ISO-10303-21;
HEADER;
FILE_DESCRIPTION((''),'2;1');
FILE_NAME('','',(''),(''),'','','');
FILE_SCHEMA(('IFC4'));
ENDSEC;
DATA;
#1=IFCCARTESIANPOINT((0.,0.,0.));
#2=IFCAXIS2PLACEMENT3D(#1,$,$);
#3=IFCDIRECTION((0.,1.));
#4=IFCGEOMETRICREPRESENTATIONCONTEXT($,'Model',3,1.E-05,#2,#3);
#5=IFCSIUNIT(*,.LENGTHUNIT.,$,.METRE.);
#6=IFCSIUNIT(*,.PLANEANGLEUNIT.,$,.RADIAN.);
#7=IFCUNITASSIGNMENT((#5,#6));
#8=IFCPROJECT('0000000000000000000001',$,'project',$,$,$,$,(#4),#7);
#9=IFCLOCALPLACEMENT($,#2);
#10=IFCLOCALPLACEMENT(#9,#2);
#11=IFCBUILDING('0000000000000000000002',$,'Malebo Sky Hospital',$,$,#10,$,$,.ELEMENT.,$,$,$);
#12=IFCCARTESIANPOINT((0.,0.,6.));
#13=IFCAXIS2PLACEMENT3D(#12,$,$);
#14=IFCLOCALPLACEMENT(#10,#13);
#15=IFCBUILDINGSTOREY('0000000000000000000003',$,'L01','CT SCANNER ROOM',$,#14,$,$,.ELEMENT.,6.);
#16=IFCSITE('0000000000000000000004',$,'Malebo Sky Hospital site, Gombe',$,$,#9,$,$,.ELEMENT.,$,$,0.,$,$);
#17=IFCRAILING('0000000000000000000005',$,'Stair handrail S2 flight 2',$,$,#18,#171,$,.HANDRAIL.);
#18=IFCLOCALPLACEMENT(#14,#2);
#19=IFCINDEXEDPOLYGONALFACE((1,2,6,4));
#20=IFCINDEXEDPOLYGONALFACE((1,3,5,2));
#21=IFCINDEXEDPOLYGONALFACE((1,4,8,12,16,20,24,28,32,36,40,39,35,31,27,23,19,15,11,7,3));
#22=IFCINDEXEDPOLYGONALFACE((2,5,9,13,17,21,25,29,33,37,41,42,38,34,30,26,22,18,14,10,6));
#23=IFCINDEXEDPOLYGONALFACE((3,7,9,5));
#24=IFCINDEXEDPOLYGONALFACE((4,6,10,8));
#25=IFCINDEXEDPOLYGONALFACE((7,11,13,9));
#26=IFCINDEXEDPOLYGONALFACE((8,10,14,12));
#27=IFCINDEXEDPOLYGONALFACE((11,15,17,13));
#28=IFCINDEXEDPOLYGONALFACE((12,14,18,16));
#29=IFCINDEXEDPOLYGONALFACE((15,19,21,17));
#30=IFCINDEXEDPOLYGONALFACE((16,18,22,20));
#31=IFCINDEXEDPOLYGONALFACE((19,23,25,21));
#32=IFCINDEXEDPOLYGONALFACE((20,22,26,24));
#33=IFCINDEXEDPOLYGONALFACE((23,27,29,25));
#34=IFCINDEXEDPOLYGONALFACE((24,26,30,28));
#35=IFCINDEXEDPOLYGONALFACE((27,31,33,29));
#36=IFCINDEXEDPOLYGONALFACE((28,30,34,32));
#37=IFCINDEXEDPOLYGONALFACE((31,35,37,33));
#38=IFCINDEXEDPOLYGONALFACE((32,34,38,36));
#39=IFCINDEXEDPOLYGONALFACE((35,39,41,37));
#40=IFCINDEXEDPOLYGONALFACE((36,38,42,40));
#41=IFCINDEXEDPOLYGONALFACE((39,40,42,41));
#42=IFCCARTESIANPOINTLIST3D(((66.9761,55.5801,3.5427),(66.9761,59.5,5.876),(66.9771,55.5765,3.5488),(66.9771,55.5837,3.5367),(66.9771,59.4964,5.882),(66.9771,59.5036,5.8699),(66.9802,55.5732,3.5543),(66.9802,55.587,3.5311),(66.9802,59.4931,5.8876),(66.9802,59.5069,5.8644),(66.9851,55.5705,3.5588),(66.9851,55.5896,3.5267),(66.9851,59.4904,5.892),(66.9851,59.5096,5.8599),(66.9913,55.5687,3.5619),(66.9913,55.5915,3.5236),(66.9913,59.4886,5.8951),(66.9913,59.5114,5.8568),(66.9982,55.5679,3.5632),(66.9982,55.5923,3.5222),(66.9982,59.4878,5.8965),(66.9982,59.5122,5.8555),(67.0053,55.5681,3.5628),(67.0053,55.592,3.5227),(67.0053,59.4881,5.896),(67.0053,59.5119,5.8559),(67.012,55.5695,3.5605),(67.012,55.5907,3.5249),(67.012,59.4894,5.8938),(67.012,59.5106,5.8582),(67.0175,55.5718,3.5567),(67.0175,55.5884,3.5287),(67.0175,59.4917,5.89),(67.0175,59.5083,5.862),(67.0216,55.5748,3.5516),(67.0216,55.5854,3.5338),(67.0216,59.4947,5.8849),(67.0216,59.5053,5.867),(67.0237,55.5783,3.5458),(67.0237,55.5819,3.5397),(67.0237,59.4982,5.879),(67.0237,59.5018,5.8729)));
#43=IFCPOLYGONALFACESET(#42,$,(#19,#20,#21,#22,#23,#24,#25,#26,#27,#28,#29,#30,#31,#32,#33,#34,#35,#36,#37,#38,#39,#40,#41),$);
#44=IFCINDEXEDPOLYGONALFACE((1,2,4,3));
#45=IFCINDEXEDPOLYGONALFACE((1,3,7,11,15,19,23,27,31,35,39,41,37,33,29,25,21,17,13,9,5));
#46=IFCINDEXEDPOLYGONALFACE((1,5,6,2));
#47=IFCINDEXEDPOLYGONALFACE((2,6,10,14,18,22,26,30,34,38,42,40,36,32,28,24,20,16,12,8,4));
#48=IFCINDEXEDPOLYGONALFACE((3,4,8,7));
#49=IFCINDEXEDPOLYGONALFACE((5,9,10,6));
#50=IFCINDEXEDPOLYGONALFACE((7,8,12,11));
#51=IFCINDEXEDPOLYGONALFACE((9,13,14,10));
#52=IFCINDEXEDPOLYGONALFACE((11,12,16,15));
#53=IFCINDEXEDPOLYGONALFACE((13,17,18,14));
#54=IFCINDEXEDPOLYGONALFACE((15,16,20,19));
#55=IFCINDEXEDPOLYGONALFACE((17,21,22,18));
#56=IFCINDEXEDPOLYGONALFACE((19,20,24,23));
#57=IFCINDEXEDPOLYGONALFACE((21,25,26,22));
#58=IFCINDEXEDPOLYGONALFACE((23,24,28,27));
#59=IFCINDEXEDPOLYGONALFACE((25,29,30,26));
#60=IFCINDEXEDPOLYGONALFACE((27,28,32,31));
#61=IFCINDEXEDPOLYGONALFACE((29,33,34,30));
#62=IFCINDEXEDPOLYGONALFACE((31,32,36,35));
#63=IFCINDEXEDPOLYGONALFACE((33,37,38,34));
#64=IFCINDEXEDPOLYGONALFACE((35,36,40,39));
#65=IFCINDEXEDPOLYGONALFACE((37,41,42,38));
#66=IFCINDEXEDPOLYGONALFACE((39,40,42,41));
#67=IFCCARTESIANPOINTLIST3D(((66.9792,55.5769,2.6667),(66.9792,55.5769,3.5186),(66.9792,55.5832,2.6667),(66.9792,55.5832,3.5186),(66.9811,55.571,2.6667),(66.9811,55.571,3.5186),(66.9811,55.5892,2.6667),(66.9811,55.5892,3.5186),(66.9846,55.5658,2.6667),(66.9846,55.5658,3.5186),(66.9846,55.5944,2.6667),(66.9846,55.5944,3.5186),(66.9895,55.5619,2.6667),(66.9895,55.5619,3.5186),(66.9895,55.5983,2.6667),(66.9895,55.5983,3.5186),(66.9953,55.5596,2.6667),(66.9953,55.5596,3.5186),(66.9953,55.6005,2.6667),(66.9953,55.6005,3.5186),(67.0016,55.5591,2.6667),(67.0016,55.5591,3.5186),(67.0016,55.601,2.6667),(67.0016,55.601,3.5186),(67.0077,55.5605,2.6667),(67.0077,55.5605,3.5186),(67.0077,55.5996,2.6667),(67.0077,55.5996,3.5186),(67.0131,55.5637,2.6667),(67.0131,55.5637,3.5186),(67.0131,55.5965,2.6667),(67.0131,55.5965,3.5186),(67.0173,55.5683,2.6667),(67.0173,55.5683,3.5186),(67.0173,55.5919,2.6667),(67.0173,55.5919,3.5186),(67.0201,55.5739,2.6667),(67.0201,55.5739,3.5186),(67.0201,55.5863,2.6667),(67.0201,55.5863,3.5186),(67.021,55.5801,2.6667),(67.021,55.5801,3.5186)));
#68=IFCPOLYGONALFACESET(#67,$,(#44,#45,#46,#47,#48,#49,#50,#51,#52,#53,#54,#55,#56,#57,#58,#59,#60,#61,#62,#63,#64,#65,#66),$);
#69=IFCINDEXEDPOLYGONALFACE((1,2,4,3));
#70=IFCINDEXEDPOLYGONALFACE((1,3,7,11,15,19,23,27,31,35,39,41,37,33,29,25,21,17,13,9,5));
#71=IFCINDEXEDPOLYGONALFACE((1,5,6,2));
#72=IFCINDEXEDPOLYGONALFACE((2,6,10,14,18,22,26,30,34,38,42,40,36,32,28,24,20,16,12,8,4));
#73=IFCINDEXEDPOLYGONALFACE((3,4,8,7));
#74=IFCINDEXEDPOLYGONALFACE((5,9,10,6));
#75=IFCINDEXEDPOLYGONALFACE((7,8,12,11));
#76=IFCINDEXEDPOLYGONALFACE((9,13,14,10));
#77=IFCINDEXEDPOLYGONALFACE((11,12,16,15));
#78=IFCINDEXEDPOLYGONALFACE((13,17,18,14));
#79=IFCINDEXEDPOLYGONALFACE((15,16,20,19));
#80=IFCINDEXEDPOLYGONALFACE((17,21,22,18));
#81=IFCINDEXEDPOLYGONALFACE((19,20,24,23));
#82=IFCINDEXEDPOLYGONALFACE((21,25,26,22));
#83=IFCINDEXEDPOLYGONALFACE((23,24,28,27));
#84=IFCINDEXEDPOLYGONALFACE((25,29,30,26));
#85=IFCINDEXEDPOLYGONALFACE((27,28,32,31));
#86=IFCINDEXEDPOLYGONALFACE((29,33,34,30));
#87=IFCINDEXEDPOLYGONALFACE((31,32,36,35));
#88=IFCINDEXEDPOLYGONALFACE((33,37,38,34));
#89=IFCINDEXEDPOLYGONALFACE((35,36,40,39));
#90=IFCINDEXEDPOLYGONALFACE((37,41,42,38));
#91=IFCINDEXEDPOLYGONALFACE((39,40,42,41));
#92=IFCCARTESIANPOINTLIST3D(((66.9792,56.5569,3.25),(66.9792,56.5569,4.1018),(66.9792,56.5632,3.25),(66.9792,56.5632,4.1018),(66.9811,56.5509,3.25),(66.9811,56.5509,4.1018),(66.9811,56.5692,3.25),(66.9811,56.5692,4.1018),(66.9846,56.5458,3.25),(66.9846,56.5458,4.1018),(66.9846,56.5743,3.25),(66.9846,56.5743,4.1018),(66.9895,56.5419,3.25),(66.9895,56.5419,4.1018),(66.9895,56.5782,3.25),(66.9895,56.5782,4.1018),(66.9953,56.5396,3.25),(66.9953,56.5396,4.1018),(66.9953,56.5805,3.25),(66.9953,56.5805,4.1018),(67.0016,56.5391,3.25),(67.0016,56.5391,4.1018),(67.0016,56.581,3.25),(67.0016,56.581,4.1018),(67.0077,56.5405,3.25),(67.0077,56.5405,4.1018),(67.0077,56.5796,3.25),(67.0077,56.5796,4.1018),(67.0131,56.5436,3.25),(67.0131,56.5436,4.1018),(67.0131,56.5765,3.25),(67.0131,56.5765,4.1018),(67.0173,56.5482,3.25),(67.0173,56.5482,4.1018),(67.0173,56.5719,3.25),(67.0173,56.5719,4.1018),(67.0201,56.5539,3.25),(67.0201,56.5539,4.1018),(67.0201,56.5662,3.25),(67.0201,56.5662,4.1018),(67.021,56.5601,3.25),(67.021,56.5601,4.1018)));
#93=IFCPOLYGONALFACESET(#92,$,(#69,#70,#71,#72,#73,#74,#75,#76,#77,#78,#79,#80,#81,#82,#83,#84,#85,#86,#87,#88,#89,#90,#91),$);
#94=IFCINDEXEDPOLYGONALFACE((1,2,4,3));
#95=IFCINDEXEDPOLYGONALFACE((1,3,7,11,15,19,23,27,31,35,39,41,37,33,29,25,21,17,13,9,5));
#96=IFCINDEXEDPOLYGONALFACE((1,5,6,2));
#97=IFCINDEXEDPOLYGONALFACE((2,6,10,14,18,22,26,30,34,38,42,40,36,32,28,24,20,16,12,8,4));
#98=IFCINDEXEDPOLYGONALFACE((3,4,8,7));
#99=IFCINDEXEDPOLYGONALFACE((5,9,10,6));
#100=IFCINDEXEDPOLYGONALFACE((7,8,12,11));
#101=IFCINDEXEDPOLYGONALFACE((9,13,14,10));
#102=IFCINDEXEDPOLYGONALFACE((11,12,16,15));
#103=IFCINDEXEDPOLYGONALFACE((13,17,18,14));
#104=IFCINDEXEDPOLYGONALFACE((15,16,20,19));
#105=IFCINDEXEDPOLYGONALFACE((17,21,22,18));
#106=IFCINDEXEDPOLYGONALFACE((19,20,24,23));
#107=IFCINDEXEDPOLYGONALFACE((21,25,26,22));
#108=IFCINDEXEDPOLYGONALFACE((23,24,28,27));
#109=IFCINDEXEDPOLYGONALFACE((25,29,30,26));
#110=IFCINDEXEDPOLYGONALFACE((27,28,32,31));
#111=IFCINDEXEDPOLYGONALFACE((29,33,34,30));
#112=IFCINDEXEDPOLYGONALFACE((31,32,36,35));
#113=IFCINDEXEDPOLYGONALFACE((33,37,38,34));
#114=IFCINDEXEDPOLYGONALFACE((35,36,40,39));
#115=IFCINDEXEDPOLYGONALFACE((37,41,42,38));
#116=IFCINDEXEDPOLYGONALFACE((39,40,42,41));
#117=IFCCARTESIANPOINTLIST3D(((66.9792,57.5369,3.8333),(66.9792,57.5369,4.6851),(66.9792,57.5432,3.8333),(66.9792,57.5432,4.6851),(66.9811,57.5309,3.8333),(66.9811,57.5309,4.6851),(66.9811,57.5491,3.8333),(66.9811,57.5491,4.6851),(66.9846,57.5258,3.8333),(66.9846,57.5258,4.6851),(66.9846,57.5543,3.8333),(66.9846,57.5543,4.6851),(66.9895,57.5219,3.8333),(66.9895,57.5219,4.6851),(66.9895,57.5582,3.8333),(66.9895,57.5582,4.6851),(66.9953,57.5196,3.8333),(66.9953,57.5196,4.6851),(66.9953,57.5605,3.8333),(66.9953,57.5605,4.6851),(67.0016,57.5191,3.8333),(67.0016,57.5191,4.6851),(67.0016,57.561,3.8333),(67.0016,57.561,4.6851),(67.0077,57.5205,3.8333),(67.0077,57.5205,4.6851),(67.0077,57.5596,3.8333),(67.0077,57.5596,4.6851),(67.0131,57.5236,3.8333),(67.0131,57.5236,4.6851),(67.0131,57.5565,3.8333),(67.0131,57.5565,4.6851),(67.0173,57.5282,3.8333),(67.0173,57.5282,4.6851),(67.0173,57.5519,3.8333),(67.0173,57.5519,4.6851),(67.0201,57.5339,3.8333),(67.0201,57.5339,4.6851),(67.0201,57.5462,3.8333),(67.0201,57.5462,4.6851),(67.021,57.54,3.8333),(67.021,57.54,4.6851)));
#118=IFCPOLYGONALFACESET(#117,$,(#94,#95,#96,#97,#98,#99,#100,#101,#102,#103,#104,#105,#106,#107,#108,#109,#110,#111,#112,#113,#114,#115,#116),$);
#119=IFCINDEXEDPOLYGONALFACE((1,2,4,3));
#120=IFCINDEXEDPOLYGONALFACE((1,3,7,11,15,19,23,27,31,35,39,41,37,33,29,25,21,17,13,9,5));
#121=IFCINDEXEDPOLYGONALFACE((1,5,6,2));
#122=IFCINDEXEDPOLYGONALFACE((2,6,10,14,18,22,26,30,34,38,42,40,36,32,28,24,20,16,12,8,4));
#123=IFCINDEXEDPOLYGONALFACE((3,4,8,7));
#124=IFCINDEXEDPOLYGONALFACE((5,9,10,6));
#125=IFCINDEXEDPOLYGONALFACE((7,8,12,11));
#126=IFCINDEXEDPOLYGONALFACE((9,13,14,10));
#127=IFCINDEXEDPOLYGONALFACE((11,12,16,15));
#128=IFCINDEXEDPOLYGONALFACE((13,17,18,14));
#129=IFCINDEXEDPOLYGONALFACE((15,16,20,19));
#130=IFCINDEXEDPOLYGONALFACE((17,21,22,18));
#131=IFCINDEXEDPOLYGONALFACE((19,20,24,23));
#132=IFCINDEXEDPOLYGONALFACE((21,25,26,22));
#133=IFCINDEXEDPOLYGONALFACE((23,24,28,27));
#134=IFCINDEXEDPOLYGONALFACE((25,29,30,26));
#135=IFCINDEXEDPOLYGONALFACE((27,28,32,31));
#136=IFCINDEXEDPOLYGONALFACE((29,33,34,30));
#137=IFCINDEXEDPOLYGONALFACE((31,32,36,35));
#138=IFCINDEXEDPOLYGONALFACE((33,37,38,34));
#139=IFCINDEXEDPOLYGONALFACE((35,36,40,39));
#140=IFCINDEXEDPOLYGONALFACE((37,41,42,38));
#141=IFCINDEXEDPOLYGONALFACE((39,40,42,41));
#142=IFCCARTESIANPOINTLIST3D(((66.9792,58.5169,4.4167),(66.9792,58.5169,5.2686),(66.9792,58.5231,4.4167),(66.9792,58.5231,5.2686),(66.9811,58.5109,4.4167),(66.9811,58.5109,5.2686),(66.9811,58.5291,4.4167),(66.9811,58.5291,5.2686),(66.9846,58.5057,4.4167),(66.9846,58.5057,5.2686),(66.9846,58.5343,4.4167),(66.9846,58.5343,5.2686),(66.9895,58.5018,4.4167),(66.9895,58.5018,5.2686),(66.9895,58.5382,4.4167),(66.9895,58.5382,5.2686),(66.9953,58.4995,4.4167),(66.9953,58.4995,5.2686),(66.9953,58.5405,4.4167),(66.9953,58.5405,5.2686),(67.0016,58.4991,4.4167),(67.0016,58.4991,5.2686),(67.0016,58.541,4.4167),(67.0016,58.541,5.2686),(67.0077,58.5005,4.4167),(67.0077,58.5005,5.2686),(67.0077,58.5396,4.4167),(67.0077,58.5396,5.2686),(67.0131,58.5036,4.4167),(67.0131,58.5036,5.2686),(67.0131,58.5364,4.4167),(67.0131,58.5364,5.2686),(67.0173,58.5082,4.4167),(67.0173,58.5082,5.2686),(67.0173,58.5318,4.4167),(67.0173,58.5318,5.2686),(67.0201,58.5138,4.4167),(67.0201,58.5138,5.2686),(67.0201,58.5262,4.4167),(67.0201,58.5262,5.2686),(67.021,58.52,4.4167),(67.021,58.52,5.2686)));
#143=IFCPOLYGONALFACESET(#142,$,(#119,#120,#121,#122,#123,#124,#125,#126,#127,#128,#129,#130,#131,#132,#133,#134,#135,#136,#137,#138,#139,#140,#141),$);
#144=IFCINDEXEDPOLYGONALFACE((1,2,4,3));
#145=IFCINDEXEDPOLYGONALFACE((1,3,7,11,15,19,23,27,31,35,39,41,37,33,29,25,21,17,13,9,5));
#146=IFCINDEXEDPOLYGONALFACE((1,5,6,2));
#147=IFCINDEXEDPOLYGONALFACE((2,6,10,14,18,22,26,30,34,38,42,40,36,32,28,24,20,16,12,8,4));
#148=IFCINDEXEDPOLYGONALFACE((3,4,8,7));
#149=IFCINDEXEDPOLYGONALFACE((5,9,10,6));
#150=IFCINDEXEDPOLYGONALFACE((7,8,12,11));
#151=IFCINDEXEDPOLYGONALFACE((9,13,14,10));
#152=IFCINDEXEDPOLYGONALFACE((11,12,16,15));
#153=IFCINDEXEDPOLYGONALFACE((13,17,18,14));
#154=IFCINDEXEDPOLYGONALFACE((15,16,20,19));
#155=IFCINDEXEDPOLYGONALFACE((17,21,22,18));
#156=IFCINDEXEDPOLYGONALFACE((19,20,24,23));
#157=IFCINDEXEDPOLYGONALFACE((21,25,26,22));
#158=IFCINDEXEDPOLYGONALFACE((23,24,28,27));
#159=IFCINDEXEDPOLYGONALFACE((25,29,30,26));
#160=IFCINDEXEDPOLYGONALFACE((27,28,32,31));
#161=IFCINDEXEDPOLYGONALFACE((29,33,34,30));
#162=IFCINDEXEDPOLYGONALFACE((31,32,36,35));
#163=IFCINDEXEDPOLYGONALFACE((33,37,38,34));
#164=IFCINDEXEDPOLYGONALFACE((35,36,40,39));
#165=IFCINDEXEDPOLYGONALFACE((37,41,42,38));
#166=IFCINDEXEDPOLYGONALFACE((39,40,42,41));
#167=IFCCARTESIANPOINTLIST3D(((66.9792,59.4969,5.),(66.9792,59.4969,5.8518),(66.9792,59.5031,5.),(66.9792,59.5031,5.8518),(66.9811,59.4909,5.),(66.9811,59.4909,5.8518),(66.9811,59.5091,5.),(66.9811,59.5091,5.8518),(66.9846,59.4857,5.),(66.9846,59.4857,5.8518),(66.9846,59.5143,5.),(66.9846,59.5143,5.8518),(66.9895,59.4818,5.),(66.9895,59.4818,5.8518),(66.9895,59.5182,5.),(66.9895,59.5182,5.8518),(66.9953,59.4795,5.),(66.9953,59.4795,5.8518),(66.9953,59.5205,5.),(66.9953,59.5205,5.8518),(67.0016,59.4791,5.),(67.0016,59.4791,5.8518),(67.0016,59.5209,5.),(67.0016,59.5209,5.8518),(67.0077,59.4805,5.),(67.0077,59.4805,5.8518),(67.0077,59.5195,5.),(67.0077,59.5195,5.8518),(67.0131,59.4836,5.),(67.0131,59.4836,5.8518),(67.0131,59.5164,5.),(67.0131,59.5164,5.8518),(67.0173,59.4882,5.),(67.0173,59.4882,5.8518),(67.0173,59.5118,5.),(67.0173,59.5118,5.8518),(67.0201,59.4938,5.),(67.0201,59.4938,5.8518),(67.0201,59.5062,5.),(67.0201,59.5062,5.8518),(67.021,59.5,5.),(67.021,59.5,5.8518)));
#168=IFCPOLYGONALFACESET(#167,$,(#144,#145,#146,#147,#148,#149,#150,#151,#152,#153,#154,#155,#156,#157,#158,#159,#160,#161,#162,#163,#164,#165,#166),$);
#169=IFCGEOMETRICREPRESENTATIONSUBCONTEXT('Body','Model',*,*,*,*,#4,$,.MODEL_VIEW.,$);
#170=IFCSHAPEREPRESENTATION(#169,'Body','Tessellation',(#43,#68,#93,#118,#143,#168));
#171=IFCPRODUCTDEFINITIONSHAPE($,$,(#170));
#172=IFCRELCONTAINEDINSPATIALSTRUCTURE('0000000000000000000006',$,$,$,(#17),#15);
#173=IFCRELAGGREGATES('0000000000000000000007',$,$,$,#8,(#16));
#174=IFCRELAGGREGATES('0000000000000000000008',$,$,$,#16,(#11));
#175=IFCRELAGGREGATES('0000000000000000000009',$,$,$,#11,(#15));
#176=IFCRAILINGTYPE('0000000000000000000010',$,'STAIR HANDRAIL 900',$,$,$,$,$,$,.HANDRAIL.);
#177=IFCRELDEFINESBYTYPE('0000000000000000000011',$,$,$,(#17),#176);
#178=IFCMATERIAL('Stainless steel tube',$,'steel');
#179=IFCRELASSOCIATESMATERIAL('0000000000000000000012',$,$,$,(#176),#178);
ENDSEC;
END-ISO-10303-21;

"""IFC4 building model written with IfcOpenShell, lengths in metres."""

from ifc_helpers import new_model, si_unit, direction, frame, origin, origin_2d, place, context, subcontext, project, spatial, circle, extrude, material, type_object, element, save


model = new_model("IFC4")

# Units and contexts
model_context = context("Model", 3, precision=1e-05, world=origin(), true_north=direction((0.0, 1.0)))
body_context = subcontext(model_context, "Body", "Model", "MODEL_VIEW")
ifc_project = project(units=[si_unit("LENGTHUNIT", "METRE"), si_unit("PLANEANGLEUNIT", "RADIAN")], contexts=[model_context])

# Site, building, storey
site_placement = place(None, origin())
site = spatial("IfcSite", under=ifc_project, at=site_placement, Name="Malebo Sky Hospital site, Gombe", CompositionType="ELEMENT", RefElevation=0.0)
building_placement = place(site_placement, origin())
building = spatial("IfcBuilding", under=site, at=building_placement, Name="Malebo Sky Hospital", CompositionType="ELEMENT")
storey_placement = place(building_placement, frame((0.0, 0.0, 6.0)))
storey = spatial("IfcBuildingStorey", under=building, at=storey_placement, Name="L01", Description="CT SCANNER ROOM", CompositionType="ELEMENT", Elevation=6.0)

# Railing
ifc_material_1 = material(Name="Stainless steel tube", Category="steel")
railing_type = type_object("IfcRailingType", Name="STAIR HANDRAIL 900", PredefinedType="HANDRAIL", material=ifc_material_1)
railing_1_placement = place(storey_placement, frame((67.0, 55.5801, 2.6667)))
element("IfcRailing", 1, at=railing_1_placement, inside=storey, type_object=railing_type, Name="Stair handrail S2 flight 2", PredefinedType="HANDRAIL", context=body_context, shape_type="SweptSolid", body=[
    extrude(circle(Radius=0.0239, at=origin_2d()), frame((0.0, 0.0, 0.876), z_axis=(0.0, 0.859296, 0.511478), x_axis=(-1.0, 0.0, 0.0)), (0.0, 0.0, 1.0), 4.5618),
    extrude(circle(Radius=0.021, at=origin_2d()), origin(), (0.0, 0.0, 1.0), 0.8518),
    extrude(circle(Radius=0.021, at=origin_2d()), frame((0.0, 0.98, 0.5833)), (0.0, 0.0, 1.0), 0.8518),
    extrude(circle(Radius=0.021, at=origin_2d()), frame((0.0, 1.96, 1.1665)), (0.0, 0.0, 1.0), 0.8518),
    extrude(circle(Radius=0.021, at=origin_2d()), frame((0.0, 2.9399, 1.75)), (0.0, 0.0, 1.0), 0.8518),
    extrude(circle(Radius=0.021, at=origin_2d()), frame((0.0, 3.9199, 2.3333)), (0.0, 0.0, 1.0), 0.8518),
])

save(model, "model.ifc")
